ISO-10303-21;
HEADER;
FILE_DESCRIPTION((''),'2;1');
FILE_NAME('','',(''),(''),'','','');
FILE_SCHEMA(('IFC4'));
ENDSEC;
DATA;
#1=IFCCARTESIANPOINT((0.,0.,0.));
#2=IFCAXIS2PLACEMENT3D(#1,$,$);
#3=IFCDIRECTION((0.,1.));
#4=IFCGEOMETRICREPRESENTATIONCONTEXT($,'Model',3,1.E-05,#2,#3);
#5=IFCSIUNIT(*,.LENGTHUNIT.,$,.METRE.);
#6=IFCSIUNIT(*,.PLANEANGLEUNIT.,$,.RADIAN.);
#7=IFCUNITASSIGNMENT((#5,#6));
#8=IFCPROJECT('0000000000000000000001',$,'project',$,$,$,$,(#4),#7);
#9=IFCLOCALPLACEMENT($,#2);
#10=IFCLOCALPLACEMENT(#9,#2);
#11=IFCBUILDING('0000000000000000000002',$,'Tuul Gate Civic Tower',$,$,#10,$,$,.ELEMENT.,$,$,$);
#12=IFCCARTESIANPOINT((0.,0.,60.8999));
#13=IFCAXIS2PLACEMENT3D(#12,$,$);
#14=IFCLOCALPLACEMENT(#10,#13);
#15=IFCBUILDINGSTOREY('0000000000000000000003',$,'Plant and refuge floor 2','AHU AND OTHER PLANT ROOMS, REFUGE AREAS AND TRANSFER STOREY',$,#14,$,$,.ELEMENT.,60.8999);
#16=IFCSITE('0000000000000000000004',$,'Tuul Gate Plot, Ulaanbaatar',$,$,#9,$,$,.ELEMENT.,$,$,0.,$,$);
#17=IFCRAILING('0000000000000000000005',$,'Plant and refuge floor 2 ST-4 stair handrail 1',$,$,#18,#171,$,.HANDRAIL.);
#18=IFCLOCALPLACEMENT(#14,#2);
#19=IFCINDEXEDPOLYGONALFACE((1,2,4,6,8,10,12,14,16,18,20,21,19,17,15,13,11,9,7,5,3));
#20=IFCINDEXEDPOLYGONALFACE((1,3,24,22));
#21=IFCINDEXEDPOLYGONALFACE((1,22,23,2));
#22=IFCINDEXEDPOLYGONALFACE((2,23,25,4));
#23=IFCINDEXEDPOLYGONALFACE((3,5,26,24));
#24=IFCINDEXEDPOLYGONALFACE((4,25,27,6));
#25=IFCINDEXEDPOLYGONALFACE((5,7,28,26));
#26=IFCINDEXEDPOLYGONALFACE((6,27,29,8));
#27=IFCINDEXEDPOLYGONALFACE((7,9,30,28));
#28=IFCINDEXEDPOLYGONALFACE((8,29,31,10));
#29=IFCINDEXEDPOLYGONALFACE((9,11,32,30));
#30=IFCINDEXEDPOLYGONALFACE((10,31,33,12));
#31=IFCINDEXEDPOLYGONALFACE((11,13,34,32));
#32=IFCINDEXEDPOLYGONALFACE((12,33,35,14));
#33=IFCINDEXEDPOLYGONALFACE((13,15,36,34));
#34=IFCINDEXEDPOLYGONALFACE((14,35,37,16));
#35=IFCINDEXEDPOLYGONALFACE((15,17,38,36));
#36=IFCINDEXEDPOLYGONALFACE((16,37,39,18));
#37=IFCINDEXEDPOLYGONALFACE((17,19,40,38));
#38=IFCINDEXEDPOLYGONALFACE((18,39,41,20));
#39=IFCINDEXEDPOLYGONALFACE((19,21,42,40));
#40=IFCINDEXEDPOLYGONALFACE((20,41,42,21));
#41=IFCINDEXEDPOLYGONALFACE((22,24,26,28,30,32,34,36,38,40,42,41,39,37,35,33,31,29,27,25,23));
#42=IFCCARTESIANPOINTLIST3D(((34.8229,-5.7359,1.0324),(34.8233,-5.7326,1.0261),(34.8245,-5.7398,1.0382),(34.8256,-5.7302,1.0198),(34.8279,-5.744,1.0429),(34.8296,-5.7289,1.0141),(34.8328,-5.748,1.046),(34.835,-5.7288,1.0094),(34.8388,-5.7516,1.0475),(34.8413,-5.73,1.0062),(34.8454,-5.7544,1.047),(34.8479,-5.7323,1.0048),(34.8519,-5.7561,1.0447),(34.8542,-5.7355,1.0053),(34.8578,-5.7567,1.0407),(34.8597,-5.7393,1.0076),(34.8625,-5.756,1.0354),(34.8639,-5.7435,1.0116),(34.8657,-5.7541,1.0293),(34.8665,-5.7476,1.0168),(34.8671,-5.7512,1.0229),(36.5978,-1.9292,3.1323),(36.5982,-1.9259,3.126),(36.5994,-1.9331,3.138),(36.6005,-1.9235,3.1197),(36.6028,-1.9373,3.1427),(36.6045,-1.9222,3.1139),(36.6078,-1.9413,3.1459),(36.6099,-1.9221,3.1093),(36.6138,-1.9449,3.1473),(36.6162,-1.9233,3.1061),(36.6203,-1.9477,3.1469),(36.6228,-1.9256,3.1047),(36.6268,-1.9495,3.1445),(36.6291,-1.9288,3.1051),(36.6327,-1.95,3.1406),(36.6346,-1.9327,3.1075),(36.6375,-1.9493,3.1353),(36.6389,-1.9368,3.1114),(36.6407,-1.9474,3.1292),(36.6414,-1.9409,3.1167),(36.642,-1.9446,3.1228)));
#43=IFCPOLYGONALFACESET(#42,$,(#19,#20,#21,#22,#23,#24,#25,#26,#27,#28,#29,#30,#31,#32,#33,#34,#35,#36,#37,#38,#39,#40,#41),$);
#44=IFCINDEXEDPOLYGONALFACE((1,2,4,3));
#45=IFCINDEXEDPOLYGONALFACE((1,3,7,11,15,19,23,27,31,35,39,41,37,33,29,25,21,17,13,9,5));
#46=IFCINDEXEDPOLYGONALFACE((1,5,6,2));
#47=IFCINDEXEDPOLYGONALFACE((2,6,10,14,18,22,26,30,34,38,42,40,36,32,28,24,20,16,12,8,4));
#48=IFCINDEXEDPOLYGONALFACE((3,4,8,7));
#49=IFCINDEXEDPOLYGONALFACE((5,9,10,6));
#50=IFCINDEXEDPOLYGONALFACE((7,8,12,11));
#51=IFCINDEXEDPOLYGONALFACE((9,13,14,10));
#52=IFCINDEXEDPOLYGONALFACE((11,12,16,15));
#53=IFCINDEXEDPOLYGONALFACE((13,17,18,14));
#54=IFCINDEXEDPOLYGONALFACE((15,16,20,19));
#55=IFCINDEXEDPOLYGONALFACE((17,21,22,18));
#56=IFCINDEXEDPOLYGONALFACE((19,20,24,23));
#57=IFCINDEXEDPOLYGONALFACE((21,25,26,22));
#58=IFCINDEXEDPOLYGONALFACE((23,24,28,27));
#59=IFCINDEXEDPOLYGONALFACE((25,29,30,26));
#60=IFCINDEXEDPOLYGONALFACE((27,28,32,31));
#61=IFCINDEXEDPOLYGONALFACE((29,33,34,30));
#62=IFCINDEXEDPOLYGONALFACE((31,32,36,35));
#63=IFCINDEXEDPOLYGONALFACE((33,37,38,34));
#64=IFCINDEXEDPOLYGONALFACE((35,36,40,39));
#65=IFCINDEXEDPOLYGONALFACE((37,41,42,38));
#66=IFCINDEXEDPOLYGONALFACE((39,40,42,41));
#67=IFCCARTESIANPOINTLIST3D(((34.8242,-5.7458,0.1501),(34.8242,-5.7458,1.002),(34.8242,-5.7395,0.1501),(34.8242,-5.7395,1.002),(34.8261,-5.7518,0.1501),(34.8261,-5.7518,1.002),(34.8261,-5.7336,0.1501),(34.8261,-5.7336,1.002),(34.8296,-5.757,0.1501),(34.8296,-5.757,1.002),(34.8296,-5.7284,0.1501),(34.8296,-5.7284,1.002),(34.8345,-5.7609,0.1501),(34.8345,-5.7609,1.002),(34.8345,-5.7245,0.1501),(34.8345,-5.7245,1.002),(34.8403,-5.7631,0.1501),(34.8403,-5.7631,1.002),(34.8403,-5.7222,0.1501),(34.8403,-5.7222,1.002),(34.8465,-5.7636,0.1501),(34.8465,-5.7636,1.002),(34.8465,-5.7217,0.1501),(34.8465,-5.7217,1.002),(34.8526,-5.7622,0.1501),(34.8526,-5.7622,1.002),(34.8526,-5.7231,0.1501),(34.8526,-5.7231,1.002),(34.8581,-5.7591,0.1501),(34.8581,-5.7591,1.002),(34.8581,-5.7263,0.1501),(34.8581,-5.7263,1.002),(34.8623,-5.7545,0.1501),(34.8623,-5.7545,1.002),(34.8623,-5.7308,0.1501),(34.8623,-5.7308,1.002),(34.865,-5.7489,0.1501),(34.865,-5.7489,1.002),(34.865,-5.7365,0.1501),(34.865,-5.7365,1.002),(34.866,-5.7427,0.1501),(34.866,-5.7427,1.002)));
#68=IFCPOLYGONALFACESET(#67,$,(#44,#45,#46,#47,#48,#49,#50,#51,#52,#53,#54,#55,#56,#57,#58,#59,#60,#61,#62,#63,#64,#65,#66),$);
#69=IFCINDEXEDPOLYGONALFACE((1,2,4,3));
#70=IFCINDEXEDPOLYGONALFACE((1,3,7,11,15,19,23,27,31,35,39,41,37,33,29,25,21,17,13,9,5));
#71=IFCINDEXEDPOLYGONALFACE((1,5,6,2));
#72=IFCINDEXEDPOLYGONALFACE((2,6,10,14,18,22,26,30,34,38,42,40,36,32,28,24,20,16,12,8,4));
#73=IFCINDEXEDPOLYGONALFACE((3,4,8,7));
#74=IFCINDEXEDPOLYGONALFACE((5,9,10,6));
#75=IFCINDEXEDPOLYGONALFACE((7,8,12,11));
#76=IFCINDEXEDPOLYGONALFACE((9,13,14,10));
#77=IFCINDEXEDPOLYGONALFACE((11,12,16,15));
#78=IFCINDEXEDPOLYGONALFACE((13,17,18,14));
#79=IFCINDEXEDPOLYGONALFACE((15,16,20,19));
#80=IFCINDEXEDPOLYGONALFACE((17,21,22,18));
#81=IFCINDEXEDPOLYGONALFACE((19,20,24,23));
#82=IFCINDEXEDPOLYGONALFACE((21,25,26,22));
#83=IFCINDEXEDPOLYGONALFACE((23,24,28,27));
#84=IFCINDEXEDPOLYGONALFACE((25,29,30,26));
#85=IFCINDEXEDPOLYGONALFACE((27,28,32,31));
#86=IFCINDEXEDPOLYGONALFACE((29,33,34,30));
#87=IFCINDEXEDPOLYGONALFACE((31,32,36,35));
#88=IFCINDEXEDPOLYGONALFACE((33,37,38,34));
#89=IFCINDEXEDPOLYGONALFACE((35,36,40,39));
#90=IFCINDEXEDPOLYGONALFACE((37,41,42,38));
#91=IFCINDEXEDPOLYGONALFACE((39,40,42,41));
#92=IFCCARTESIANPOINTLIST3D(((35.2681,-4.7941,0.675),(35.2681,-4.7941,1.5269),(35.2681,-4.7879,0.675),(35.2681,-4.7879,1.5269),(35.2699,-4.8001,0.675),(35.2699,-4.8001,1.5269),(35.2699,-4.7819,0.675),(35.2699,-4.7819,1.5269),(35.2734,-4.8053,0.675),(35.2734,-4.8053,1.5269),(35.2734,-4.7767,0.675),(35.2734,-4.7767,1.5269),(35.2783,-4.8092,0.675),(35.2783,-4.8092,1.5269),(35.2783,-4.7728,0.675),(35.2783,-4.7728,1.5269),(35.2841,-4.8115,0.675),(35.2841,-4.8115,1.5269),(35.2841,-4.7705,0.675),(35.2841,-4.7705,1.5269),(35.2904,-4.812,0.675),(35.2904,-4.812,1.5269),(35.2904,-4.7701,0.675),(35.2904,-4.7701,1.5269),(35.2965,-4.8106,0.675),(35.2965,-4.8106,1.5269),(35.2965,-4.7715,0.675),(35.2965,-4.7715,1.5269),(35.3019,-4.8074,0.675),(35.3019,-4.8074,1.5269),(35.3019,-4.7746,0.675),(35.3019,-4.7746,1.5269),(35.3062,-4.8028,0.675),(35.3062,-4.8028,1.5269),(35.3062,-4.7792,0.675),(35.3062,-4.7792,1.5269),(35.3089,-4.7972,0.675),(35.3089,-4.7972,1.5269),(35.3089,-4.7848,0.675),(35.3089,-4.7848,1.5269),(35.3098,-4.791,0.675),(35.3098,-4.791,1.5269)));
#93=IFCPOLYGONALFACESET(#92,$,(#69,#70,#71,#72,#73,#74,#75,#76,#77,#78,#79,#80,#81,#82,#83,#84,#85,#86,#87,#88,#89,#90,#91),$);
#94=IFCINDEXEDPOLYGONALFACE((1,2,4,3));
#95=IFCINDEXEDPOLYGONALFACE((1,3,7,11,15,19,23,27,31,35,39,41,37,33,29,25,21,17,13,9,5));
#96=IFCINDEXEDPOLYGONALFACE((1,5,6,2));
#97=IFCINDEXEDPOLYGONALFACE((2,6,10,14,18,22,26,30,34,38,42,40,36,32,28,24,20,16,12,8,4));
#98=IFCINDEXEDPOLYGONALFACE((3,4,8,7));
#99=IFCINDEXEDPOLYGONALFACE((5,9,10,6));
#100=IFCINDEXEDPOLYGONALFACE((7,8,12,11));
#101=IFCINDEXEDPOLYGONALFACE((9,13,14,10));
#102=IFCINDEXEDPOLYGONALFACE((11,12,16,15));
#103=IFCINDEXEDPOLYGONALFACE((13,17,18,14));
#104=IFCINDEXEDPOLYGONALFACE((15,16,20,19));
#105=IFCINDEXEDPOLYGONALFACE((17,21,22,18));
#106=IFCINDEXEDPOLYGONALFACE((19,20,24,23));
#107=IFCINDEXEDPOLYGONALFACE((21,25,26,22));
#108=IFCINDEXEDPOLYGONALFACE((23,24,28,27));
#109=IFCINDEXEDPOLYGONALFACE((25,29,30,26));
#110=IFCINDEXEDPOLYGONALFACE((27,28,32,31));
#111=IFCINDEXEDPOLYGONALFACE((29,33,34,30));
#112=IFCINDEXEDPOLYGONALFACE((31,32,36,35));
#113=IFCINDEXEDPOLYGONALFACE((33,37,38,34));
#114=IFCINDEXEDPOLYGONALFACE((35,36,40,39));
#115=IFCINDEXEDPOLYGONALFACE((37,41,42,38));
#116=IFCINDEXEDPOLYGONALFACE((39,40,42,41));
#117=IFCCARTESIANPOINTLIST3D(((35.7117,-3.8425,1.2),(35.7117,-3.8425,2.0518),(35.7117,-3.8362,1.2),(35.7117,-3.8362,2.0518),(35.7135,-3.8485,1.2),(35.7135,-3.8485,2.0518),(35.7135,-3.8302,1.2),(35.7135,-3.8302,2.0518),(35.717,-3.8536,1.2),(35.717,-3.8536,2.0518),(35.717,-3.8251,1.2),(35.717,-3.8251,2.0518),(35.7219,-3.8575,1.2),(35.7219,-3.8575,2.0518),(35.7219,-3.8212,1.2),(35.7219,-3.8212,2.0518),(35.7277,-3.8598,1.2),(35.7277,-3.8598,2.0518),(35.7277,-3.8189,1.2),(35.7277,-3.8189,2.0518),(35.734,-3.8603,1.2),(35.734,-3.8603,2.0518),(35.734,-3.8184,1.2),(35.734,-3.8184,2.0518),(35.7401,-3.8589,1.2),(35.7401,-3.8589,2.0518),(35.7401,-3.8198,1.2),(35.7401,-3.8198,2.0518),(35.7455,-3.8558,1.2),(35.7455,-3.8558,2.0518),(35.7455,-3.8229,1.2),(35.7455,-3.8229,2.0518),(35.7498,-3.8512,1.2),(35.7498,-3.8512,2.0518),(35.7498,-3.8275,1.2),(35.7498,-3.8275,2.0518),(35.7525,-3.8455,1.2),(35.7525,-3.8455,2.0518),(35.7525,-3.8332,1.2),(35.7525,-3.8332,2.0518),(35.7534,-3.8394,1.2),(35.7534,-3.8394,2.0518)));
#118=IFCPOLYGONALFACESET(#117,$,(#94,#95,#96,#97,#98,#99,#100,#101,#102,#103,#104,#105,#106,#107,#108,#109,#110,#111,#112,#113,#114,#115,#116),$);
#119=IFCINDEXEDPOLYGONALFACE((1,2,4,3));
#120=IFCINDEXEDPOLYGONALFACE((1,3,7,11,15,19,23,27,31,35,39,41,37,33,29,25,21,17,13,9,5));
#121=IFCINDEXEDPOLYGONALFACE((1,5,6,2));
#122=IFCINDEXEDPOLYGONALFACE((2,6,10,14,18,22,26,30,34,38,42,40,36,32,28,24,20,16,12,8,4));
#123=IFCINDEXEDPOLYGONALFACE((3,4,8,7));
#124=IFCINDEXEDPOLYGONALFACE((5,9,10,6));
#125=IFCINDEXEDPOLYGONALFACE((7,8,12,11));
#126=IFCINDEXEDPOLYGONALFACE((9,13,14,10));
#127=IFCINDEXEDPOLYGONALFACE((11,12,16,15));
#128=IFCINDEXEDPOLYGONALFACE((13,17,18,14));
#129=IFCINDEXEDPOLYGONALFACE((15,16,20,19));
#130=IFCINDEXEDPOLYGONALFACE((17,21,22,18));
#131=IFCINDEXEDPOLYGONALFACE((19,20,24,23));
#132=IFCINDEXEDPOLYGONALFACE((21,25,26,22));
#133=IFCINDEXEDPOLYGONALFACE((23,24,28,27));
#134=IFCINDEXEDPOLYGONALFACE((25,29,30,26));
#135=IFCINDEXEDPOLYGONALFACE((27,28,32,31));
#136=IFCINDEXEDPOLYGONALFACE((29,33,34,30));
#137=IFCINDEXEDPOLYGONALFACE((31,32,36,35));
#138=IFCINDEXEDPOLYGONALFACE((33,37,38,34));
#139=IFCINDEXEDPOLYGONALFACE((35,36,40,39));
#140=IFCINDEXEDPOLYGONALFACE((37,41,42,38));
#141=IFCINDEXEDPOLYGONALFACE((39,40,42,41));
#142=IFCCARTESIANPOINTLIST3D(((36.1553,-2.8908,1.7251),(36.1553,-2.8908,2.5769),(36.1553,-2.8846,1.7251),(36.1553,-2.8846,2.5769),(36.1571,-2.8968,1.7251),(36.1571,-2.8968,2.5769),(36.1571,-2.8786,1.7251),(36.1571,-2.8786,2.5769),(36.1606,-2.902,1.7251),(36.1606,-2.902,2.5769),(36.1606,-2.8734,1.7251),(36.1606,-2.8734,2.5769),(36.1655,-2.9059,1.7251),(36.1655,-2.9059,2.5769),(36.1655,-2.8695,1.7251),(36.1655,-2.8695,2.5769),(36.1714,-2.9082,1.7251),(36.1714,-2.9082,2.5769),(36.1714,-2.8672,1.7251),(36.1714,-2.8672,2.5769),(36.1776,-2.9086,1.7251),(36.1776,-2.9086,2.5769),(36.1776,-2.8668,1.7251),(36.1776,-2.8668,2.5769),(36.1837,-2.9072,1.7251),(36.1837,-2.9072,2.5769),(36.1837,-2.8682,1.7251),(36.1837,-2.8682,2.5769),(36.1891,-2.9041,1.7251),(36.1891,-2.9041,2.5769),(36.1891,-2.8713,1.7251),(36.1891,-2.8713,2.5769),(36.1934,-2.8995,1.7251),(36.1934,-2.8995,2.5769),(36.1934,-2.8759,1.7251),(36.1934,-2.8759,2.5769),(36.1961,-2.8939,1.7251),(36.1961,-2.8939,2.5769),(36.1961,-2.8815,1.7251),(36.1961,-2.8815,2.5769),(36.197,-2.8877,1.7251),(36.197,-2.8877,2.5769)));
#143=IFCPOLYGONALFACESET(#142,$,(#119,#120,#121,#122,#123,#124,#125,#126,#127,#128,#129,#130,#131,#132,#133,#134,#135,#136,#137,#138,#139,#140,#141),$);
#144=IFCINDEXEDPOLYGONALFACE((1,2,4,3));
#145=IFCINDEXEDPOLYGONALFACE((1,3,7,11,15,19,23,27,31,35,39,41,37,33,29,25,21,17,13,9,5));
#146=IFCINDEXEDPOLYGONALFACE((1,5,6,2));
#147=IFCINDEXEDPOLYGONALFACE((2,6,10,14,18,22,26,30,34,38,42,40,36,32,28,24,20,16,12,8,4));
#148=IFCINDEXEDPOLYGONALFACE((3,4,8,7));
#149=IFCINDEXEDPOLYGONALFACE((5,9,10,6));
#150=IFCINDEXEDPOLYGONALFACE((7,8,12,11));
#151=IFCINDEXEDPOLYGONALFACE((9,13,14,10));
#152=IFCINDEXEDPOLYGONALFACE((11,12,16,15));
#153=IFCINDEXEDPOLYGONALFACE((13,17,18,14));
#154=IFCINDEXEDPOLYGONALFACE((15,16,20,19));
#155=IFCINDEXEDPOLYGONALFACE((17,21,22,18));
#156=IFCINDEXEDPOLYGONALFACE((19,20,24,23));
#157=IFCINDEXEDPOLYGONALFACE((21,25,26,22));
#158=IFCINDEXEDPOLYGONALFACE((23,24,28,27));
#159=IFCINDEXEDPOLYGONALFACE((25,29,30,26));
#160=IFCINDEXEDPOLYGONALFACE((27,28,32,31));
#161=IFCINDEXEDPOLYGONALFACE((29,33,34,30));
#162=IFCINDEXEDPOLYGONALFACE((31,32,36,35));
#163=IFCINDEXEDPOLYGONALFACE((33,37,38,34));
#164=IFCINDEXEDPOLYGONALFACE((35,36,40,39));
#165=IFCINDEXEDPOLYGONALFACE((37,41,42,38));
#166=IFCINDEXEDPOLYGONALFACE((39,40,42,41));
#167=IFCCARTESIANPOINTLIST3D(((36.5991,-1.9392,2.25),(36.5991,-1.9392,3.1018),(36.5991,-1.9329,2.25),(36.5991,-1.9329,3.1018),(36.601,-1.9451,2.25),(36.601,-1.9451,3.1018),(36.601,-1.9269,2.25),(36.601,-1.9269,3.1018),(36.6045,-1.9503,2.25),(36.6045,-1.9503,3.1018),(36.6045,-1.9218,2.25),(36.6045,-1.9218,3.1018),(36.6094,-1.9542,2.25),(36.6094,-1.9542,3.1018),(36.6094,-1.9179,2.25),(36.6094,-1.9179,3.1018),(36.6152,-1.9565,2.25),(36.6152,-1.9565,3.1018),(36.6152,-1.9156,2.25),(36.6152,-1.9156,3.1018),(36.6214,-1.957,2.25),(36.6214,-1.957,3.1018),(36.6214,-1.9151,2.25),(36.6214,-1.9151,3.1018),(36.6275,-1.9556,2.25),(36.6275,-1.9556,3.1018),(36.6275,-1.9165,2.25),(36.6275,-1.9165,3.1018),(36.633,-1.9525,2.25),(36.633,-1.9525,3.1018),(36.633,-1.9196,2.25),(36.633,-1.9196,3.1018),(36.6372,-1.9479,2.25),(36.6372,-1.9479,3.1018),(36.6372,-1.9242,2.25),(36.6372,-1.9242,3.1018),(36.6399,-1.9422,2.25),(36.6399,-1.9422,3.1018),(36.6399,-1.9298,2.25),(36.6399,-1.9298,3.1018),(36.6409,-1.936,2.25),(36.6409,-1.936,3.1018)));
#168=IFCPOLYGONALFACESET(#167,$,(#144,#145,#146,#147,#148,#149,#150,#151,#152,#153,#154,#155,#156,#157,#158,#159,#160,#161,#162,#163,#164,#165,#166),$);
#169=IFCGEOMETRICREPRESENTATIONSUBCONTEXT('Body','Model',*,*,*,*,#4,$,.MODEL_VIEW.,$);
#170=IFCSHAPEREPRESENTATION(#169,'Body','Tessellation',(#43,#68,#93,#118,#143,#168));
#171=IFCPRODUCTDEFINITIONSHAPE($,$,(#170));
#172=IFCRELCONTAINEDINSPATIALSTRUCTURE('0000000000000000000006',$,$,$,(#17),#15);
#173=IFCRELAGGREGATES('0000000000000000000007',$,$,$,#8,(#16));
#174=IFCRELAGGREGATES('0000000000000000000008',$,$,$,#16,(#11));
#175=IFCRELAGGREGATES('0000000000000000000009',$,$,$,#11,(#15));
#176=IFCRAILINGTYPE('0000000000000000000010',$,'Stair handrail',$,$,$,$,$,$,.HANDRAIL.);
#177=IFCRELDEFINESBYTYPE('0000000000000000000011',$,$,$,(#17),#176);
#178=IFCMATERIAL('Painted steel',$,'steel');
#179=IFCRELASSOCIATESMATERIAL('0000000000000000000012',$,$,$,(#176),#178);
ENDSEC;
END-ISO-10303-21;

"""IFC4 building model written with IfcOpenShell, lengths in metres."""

from ifc_helpers import new_model, si_unit, direction, frame, origin, origin_2d, place, context, subcontext, project, spatial, circle, extrude, material, type_object, element, save


model = new_model("IFC4")

# Units and contexts
model_context = context("Model", 3, precision=1e-05, world=origin(), true_north=direction((0.0, 1.0)))
body_context = subcontext(model_context, "Body", "Model", "MODEL_VIEW")
ifc_project = project(units=[si_unit("LENGTHUNIT", "METRE"), si_unit("PLANEANGLEUNIT", "RADIAN")], contexts=[model_context])

# Site, building, storey
site_placement = place(None, origin())
site = spatial("IfcSite", under=ifc_project, at=site_placement, Name="Tuul Gate Plot, Ulaanbaatar", CompositionType="ELEMENT", RefElevation=0.0)
building_placement = place(site_placement, origin())
building = spatial("IfcBuilding", under=site, at=building_placement, Name="Tuul Gate Civic Tower", CompositionType="ELEMENT")
storey_placement = place(building_placement, frame((0.0, 0.0, 60.8999)))
storey = spatial("IfcBuildingStorey", under=building, at=storey_placement, Name="Plant and refuge floor 2", Description="AHU AND OTHER PLANT ROOMS, REFUGE AREAS AND TRANSFER STOREY", CompositionType="ELEMENT", Elevation=60.8999)

# Railing
ifc_material_1 = material(Name="Painted steel", Category="steel")
railing_type_1 = type_object("IfcRailingType", Name="Stair handrail", PredefinedType="HANDRAIL", material=ifc_material_1)
railing_1_placement = place(storey_placement, frame((34.845, -5.7427, 0.1501)))
element("IfcRailing", 1, at=railing_1_placement, inside=storey, type_object=railing_type_1, Name="Plant and refuge floor 2 ST-4 stair handrail 1", PredefinedType="HANDRAIL", context=body_context, shape_type="SweptSolid", body=[
    extrude(circle(Radius=0.0239, at=origin_2d()), frame((0.0, 0.0, 0.876), z_axis=(0.37798, 0.810655, 0.447181), x_axis=(-0.906323, 0.422586, 0.0)), (0.0, 0.0, 1.0), 4.6958),
    extrude(circle(Radius=0.021, at=origin_2d()), origin(), (0.0, 0.0, 1.0), 0.8518),
    extrude(circle(Radius=0.021, at=origin_2d()), frame((0.4438, 0.9517, 0.5249)), (0.0, 0.0, 1.0), 0.8518),
    extrude(circle(Radius=0.021, at=origin_2d()), frame((0.8875, 1.9033, 1.0498)), (0.0, 0.0, 1.0), 0.8518),
    extrude(circle(Radius=0.021, at=origin_2d()), frame((1.3311, 2.855, 1.575)), (0.0, 0.0, 1.0), 0.8518),
    extrude(circle(Radius=0.021, at=origin_2d()), frame((1.7749, 3.8066, 2.0999)), (0.0, 0.0, 1.0), 0.8518),
])

save(model, "model.ifc")
